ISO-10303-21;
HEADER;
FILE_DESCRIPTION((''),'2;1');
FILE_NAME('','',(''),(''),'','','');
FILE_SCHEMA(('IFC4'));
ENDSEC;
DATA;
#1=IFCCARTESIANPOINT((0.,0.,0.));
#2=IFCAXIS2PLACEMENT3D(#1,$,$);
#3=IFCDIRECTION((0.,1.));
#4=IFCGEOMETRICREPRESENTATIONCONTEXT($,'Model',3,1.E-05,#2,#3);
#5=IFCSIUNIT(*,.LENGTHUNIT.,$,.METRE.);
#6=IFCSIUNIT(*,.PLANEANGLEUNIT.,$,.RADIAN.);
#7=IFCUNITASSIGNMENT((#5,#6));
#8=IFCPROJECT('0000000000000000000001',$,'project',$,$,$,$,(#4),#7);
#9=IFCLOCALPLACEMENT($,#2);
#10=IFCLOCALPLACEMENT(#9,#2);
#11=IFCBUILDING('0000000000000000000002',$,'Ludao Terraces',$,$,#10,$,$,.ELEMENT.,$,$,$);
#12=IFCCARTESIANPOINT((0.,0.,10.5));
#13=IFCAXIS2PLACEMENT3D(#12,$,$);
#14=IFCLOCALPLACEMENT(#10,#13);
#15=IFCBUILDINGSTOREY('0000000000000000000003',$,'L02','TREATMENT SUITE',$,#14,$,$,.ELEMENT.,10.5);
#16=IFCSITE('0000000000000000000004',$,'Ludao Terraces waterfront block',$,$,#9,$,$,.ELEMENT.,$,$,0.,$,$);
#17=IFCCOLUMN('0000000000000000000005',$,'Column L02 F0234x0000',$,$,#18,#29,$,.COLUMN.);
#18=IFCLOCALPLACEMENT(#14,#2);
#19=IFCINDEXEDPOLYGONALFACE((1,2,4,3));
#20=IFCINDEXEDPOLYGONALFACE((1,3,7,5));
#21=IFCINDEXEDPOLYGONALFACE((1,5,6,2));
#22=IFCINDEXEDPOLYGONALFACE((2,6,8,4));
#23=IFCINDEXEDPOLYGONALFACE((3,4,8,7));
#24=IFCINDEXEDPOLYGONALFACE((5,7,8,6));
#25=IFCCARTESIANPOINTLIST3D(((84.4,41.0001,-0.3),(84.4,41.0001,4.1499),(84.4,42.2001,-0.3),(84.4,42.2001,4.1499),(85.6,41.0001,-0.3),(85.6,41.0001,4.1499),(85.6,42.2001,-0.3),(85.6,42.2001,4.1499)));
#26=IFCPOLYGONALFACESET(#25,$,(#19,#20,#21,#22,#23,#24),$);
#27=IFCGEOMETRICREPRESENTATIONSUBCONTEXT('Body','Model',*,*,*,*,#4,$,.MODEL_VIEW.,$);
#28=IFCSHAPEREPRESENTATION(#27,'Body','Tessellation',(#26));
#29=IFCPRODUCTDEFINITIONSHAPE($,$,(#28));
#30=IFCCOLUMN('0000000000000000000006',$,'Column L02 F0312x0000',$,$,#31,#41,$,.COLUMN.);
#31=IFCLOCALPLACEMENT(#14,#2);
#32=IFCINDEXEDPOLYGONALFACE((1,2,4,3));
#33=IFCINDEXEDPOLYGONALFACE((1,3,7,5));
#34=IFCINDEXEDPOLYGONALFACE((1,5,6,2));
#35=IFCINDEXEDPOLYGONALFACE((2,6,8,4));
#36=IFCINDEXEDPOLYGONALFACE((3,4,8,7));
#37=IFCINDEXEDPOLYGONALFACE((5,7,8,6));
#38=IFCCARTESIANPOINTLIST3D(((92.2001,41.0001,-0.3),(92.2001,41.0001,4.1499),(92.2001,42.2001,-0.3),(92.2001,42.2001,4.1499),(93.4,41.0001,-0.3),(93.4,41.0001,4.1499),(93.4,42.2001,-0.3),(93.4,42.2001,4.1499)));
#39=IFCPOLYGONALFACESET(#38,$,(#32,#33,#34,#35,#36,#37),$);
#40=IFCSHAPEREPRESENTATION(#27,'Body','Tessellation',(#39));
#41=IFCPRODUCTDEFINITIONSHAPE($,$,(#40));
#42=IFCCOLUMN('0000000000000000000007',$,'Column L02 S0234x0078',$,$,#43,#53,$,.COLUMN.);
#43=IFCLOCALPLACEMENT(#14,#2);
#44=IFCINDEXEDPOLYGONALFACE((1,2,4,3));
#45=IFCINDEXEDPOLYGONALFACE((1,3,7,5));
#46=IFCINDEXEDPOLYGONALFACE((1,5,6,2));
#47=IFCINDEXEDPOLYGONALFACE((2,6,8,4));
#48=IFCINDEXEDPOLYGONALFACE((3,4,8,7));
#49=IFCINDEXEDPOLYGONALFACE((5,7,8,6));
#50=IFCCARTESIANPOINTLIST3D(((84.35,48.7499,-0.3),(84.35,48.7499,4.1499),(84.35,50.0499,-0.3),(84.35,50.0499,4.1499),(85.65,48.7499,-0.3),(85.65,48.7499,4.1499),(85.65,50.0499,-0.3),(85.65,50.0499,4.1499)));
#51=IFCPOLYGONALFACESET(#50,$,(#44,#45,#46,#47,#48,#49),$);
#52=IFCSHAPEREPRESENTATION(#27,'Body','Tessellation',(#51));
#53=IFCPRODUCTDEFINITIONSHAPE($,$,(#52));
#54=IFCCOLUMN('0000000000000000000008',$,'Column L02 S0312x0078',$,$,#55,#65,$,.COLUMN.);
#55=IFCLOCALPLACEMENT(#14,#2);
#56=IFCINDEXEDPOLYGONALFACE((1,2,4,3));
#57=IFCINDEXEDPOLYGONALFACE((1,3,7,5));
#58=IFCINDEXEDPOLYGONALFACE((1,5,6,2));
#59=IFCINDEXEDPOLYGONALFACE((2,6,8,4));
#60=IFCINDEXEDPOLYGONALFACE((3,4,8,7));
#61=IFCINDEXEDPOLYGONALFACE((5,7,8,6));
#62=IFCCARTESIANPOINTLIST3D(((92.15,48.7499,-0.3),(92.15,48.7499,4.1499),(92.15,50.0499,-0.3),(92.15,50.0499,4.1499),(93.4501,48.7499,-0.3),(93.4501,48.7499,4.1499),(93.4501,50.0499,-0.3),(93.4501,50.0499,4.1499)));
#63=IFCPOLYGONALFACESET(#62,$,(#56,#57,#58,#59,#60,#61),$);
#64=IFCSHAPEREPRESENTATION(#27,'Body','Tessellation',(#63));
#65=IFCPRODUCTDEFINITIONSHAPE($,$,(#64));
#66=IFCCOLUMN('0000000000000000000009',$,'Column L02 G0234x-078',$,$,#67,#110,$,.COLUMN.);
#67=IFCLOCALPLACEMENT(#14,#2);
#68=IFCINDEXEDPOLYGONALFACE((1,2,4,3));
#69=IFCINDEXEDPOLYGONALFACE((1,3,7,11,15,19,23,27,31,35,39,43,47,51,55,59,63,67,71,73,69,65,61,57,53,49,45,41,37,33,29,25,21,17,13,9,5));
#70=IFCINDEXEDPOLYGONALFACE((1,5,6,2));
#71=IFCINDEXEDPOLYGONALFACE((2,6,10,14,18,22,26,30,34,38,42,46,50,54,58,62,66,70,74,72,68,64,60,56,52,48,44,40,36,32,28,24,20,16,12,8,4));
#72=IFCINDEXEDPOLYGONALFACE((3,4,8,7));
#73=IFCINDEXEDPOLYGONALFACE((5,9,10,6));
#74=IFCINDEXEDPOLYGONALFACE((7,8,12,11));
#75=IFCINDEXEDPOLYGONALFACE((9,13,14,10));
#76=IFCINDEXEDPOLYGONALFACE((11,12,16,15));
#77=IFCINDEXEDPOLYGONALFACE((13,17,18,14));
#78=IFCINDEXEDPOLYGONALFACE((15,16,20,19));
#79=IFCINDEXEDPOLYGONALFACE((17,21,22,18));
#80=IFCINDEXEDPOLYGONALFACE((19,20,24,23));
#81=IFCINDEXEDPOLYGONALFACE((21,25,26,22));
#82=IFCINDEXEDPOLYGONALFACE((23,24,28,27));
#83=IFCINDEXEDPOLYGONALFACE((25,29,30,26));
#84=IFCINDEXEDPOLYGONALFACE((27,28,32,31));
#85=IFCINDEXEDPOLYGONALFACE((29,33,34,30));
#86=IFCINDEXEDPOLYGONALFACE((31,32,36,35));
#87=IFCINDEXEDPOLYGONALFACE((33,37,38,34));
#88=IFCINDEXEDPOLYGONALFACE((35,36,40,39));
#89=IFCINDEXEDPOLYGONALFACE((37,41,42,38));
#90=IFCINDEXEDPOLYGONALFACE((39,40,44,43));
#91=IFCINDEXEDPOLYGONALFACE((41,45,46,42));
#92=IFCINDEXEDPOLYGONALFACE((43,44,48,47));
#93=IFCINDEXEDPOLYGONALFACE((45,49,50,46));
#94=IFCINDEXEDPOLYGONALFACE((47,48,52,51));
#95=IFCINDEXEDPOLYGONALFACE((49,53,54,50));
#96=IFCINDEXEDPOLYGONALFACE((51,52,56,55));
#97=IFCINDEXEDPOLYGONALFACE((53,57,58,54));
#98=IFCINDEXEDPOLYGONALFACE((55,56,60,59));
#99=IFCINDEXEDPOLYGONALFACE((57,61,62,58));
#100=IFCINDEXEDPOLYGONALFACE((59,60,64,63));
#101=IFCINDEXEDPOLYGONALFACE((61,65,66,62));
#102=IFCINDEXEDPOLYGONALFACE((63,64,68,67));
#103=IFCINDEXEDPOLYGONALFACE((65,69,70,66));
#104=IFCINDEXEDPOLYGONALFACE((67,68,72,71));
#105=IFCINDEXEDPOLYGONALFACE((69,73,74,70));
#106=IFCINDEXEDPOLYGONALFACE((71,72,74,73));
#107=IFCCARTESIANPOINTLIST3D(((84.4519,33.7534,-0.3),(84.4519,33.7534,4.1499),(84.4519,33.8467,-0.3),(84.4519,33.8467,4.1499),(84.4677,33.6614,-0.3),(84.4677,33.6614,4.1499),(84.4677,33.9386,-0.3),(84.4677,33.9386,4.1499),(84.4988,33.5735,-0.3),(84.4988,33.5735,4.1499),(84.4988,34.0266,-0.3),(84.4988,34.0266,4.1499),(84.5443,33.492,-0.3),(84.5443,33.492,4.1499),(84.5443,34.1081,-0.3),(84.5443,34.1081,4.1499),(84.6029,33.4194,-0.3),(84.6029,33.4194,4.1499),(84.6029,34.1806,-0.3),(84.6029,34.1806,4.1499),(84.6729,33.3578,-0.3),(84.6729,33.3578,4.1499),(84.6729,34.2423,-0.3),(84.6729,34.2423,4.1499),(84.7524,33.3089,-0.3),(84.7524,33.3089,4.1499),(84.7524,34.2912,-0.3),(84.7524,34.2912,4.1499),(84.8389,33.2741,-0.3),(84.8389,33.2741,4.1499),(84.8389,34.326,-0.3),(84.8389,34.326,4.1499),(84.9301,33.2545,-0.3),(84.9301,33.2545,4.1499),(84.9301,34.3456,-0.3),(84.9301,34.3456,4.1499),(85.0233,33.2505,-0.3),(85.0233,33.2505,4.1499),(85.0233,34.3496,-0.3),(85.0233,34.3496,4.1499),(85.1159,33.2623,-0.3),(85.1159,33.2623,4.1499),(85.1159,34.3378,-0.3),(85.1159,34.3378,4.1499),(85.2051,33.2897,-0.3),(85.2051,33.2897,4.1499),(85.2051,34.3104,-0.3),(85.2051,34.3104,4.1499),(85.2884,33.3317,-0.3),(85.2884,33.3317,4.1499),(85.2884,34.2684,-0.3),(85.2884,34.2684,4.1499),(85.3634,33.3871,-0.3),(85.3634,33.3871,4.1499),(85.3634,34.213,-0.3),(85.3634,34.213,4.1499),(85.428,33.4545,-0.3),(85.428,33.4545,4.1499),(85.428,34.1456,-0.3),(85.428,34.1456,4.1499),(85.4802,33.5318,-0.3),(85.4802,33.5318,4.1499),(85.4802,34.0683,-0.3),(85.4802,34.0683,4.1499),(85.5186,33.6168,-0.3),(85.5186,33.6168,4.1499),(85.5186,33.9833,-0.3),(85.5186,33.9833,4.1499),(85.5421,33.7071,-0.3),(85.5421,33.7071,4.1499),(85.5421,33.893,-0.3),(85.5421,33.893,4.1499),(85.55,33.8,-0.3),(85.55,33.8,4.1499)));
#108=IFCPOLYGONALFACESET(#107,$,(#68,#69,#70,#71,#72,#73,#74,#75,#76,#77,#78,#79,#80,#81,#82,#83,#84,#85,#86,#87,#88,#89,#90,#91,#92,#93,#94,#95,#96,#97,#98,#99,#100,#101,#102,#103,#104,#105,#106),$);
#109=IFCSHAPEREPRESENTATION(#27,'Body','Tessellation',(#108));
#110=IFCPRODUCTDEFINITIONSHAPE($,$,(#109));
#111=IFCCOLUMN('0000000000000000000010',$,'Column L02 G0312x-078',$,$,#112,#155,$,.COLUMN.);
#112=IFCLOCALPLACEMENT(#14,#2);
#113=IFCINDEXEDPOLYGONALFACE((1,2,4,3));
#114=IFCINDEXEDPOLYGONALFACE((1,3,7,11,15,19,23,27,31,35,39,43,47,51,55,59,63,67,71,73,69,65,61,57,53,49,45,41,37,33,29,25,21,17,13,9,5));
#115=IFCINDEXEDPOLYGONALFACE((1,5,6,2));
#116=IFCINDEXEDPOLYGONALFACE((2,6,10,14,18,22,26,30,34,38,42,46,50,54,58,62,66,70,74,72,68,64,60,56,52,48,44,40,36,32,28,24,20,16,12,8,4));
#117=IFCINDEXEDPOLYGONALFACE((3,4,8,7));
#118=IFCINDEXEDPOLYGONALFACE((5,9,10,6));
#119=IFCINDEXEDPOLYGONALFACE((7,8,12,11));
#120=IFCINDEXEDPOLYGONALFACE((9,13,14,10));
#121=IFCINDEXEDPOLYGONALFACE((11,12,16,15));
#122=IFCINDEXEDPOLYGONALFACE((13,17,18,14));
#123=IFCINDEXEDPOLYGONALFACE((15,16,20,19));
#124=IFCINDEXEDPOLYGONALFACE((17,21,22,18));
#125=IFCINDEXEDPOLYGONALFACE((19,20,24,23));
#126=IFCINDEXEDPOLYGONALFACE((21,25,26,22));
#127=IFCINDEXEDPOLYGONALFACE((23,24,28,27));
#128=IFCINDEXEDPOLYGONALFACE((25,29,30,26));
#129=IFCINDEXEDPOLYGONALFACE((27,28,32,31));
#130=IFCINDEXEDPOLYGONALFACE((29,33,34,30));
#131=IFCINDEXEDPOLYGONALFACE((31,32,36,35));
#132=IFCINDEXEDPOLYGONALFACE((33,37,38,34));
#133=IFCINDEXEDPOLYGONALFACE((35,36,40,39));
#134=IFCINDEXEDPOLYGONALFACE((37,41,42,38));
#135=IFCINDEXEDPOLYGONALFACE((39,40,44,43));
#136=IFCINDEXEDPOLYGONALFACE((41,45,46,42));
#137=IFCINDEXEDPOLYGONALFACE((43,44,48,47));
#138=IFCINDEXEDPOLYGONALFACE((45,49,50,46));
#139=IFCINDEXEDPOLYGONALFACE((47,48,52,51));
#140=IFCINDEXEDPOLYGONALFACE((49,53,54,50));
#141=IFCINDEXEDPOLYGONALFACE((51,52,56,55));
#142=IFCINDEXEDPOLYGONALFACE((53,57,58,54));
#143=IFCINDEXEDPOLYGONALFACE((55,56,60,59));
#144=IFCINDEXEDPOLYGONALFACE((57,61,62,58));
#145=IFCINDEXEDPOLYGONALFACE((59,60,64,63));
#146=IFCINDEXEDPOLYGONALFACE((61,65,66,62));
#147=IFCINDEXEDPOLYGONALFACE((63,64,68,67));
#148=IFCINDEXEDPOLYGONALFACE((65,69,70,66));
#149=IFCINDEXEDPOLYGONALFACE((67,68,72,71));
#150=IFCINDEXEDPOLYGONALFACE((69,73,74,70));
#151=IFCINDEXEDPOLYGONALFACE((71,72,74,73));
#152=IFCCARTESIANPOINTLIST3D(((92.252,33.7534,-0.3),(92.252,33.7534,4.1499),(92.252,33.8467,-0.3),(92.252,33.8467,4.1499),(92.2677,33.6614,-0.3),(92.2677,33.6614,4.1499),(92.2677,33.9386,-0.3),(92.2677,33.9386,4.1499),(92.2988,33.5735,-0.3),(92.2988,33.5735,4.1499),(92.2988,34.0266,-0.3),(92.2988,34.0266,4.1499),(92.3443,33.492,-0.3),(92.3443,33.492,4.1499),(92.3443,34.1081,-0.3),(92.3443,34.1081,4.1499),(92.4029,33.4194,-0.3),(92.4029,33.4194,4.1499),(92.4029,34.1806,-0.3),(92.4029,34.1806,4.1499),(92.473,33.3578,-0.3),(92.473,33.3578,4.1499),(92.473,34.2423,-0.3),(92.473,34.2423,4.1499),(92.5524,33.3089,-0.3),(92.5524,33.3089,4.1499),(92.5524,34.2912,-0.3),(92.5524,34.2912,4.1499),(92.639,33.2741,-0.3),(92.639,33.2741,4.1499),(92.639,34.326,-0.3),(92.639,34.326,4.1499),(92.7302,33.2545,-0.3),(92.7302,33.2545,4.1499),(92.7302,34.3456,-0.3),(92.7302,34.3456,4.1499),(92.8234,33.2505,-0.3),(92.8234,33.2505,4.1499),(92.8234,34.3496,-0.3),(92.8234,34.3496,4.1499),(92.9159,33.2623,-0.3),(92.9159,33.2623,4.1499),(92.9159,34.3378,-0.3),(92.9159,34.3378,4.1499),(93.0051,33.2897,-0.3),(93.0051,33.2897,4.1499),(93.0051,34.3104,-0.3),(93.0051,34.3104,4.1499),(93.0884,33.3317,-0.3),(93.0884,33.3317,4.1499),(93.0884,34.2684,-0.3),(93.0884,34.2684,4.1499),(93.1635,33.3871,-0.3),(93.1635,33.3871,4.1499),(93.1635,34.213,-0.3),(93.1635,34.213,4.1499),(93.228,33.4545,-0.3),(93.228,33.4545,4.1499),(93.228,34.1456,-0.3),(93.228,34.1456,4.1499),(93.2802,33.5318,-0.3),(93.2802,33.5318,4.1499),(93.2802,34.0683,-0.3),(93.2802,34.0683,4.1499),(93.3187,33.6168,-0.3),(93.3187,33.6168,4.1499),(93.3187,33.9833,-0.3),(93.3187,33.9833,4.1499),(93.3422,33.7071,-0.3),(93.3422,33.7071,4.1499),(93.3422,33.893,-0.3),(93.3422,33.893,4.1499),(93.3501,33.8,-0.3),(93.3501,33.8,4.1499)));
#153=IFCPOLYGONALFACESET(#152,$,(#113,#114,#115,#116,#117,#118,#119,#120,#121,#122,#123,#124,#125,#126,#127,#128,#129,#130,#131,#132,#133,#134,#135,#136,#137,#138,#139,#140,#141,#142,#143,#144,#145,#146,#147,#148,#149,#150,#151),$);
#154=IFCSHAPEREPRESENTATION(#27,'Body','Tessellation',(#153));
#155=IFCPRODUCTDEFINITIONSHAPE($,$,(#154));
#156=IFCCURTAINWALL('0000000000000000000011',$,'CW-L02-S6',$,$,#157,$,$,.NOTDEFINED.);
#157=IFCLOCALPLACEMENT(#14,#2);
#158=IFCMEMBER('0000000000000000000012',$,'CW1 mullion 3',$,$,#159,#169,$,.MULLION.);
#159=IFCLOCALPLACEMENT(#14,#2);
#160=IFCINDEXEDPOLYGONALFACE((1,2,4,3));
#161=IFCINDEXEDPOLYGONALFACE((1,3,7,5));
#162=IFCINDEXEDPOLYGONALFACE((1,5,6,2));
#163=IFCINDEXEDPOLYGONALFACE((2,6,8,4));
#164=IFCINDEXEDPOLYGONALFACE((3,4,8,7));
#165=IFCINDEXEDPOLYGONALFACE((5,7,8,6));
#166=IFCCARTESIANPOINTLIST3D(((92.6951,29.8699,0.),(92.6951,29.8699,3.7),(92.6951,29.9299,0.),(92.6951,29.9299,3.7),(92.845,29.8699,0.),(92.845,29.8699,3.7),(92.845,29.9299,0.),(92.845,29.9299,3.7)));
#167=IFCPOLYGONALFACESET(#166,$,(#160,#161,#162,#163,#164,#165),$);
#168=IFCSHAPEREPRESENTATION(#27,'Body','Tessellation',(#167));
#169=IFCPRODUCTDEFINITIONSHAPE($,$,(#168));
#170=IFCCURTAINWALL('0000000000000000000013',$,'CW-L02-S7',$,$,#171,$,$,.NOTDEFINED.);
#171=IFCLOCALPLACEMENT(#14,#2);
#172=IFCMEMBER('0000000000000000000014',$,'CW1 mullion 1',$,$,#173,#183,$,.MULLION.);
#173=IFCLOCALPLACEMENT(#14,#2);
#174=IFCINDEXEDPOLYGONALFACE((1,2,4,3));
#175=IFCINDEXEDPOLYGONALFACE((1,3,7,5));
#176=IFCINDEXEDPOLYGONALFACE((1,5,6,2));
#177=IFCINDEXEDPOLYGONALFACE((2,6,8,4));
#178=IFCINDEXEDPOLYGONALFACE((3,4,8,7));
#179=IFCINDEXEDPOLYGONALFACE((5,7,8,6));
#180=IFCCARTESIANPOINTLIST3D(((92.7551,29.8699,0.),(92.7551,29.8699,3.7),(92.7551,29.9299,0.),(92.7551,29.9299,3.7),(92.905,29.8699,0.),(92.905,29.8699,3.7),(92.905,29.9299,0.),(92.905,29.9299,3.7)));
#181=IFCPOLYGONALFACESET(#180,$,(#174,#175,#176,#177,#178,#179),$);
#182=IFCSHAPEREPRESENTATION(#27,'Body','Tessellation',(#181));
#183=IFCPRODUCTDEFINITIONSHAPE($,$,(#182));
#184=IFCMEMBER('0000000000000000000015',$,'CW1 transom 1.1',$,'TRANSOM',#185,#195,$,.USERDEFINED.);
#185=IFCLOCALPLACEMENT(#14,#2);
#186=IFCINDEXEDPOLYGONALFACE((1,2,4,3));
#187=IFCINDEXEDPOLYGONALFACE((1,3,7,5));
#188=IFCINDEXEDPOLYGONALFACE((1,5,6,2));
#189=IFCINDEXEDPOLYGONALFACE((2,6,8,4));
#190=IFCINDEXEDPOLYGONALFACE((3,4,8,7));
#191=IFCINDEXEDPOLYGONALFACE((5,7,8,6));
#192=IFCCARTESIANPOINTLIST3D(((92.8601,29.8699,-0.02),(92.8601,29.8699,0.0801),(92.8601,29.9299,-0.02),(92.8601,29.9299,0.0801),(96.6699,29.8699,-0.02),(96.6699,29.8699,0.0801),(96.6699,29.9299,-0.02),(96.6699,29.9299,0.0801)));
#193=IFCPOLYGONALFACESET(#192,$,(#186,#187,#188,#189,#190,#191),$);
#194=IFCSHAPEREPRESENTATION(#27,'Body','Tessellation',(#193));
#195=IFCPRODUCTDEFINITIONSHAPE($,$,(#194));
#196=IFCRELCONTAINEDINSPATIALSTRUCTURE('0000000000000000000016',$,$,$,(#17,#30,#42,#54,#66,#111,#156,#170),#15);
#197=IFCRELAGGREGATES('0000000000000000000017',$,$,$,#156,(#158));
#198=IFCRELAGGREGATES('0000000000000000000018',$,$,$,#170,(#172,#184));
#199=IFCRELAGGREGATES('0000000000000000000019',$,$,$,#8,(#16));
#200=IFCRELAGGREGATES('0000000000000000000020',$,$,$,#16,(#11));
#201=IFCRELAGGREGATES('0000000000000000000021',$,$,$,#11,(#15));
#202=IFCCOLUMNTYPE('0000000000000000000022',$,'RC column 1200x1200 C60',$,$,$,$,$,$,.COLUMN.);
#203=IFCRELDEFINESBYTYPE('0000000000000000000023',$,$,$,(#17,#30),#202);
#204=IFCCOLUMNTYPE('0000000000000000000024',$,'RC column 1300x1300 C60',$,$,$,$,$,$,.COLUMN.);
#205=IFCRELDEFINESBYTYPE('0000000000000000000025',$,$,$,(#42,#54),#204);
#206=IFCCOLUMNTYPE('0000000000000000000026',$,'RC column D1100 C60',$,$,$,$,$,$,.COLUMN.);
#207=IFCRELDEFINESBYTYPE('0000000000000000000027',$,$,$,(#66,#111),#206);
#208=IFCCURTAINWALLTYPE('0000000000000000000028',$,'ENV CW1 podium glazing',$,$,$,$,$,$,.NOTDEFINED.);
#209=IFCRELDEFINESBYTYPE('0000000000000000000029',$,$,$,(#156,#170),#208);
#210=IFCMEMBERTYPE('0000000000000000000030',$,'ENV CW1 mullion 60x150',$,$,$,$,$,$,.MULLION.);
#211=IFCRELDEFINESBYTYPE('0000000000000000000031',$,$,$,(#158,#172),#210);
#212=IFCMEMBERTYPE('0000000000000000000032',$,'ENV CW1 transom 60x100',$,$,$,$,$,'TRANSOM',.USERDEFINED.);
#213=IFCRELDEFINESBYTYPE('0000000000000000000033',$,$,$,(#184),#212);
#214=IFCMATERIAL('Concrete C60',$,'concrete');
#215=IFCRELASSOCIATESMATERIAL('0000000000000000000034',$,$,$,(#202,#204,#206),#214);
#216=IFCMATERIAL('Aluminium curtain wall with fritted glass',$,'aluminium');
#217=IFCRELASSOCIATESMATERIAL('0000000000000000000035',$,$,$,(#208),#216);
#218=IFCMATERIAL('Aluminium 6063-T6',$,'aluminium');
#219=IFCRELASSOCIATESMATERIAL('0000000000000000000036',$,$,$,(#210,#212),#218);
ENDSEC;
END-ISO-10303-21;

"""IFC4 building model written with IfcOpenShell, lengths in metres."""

from ifc_helpers import new_model, si_unit, direction, frame, origin, origin_2d, place, context, subcontext, project, spatial, rectangle, circle, extrude, material, material_profile, profile_set, type_object, element, aggregate, save


model = new_model("IFC4")

# Units and contexts
model_context = context("Model", 3, precision=1e-05, world=origin(), true_north=direction((0.0, 1.0)))
body_context = subcontext(model_context, "Body", "Model", "MODEL_VIEW")
ifc_project = project(units=[si_unit("LENGTHUNIT", "METRE"), si_unit("PLANEANGLEUNIT", "RADIAN")], contexts=[model_context])

# Site, building, storey
site_placement = place(None, origin())
site = spatial("IfcSite", under=ifc_project, at=site_placement, Name="Ludao Terraces waterfront block", CompositionType="ELEMENT", RefElevation=0.0)
building_placement = place(site_placement, origin())
building = spatial("IfcBuilding", under=site, at=building_placement, Name="Ludao Terraces", CompositionType="ELEMENT")
storey_placement = place(building_placement, frame((0.0, 0.0, 10.5)))
storey = spatial("IfcBuildingStorey", under=building, at=storey_placement, Name="L02", Description="TREATMENT SUITE", CompositionType="ELEMENT", Elevation=10.5)

# Columns
ifc_material_1 = material(Name="Concrete C60", Category="concrete")
ifc_material_profile_1 = material_profile(ifc_material_1, rectangle(XDim=1.2, YDim=1.2, at=origin_2d()), Name="1200 X 1200")
ifc_profile_set_1 = profile_set([ifc_material_profile_1], Name="Concrete C60")
column_type_1 = type_object("IfcColumnType", Name="RC column 1200x1200 C60", PredefinedType="COLUMN", material=ifc_profile_set_1)
for number, where, z_axis, x_axis, name in (
    (1, (85.0, 41.6001, -0.3), (0.0, 0.0, 1.0), (1.0, 0.0, 0.0), "Column L02 F0234x0000"),
    (2, (92.8, 41.6001, -0.3), (0.0, 0.0, 1.0), (1.0, 0.0, 0.0), "Column L02 F0312x0000"),
):
    element("IfcColumn", number, at=place(storey_placement, frame(where, z_axis=z_axis, x_axis=x_axis)), inside=storey, type_object=column_type_1, Name=name, PredefinedType="COLUMN", context=body_context, shape_type="SweptSolid", body=[
        extrude(rectangle(XDim=1.2, YDim=1.2, at=origin_2d()), origin(), (0.0, 0.0, 1.0), 4.45),
    ])
ifc_material_profile_2 = material_profile(ifc_material_1, rectangle(XDim=1.3, YDim=1.3, at=origin_2d()), Name="1300 X 1300")
ifc_profile_set_2 = profile_set([ifc_material_profile_2], Name="Concrete C60")
column_type_2 = type_object("IfcColumnType", Name="RC column 1300x1300 C60", PredefinedType="COLUMN", material=ifc_profile_set_2)
for number, where, z_axis, x_axis, name in (
    (3, (85.0, 49.3999, -0.3), (0.0, 0.0, 1.0), (1.0, 0.0, 0.0), "Column L02 S0234x0078"),
    (4, (92.8, 49.3999, -0.3), (0.0, 0.0, 1.0), (1.0, 0.0, 0.0), "Column L02 S0312x0078"),
):
    element("IfcColumn", number, at=place(storey_placement, frame(where, z_axis=z_axis, x_axis=x_axis)), inside=storey, type_object=column_type_2, Name=name, PredefinedType="COLUMN", context=body_context, shape_type="SweptSolid", body=[
        extrude(rectangle(XDim=1.3, YDim=1.3, at=origin_2d()), origin(), (0.0, 0.0, 1.0), 4.45),
    ])
ifc_material_profile_3 = material_profile(ifc_material_1, circle(Radius=0.55, at=origin_2d()), Name="D1100")
ifc_profile_set_3 = profile_set([ifc_material_profile_3], Name="Concrete C60")
column_type_3 = type_object("IfcColumnType", Name="RC column D1100 C60", PredefinedType="COLUMN", material=ifc_profile_set_3)
for number, where, z_axis, x_axis, name in (
    (5, (85.0, 33.8, -0.3), (0.0, 0.0, 1.0), (1.0, 0.0, 0.0), "Column L02 G0234x-078"),
    (6, (92.8, 33.8, -0.3), (0.0, 0.0, 1.0), (1.0, 0.0, 0.0), "Column L02 G0312x-078"),
):
    element("IfcColumn", number, at=place(storey_placement, frame(where, z_axis=z_axis, x_axis=x_axis)), inside=storey, type_object=column_type_3, Name=name, PredefinedType="COLUMN", context=body_context, shape_type="SweptSolid", body=[
        extrude(circle(Radius=0.55, at=origin_2d()), origin(), (0.0, 0.0, 1.0), 4.45),
    ])

# Curtain wall, member
ifc_material_2 = material(Name="Aluminium curtain wall with fritted glass", Category="aluminium")
curtain_wall_type = type_object("IfcCurtainWallType", Name="ENV CW1 podium glazing", PredefinedType="NOTDEFINED", material=ifc_material_2)
curtain_wall_1_placement = place(storey_placement, origin())
curtain_wall_1 = element("IfcCurtainWall", 7, at=curtain_wall_1_placement, inside=storey, type_object=curtain_wall_type, Name="CW-L02-S6", PredefinedType="NOTDEFINED")
ifc_material_3 = material(Name="Aluminium 6063-T6", Category="aluminium")
ifc_material_profile_4 = material_profile(ifc_material_3, rectangle(XDim=0.0601, YDim=0.1499, at=origin_2d()), Name="60 X 150")
ifc_profile_set_4 = profile_set([ifc_material_profile_4], Name="Aluminium 6063-T6")
member_type_1 = type_object("IfcMemberType", Name="ENV CW1 mullion 60x150", PredefinedType="MULLION", material=ifc_profile_set_4)
member_1_placement = place(storey_placement, frame((92.77, 29.8999, 0.0), z_axis=(0.0, 0.0, 1.0), x_axis=(0.0, 1.0, 0.0)))
member_1 = element("IfcMember", 8, at=member_1_placement, type_object=member_type_1, Name="CW1 mullion 3", PredefinedType="MULLION", context=body_context, shape_type="SweptSolid", body=[
    extrude(rectangle(XDim=0.0601, YDim=0.1499, at=origin_2d()), origin(), (0.0, 0.0, 1.0), 3.7),
])

# Curtain wall, members
curtain_wall_2_placement = place(storey_placement, origin())
curtain_wall_2 = element("IfcCurtainWall", 9, at=curtain_wall_2_placement, inside=storey, type_object=curtain_wall_type, Name="CW-L02-S7", PredefinedType="NOTDEFINED")
member_2_placement = place(storey_placement, frame((92.8301, 29.8999, 0.0), z_axis=(0.0, 0.0, 1.0), x_axis=(0.0, 1.0, 0.0)))
member_2 = element("IfcMember", 10, at=member_2_placement, type_object=member_type_1, Name="CW1 mullion 1", PredefinedType="MULLION", context=body_context, shape_type="SweptSolid", body=[
    extrude(rectangle(XDim=0.0601, YDim=0.1499, at=origin_2d()), origin(), (0.0, 0.0, 1.0), 3.7),
])
ifc_material_profile_5 = material_profile(ifc_material_3, rectangle(XDim=0.0601, YDim=0.1001, at=origin_2d()), Name="60 X 100")
ifc_profile_set_5 = profile_set([ifc_material_profile_5], Name="Aluminium 6063-T6")
member_type_2 = type_object("IfcMemberType", Name="ENV CW1 transom 60x100", ElementType="TRANSOM", PredefinedType="USERDEFINED", material=ifc_profile_set_5)
member_3_placement = place(storey_placement, frame((92.8601, 29.8999, 0.03), z_axis=(1.0, 0.0, 0.0), x_axis=(0.0, 1.0, 0.0)))
member_3 = element("IfcMember", 11, at=member_3_placement, type_object=member_type_2, Name="CW1 transom 1.1", ObjectType="TRANSOM", PredefinedType="USERDEFINED", context=body_context, shape_type="SweptSolid", body=[
    extrude(rectangle(XDim=0.0601, YDim=0.1001, at=origin_2d()), origin(), (0.0, 0.0, 1.0), 3.8098),
])

aggregate(curtain_wall_1, [member_1])
aggregate(curtain_wall_2, [member_2, member_3])

save(model, "model.ifc")
